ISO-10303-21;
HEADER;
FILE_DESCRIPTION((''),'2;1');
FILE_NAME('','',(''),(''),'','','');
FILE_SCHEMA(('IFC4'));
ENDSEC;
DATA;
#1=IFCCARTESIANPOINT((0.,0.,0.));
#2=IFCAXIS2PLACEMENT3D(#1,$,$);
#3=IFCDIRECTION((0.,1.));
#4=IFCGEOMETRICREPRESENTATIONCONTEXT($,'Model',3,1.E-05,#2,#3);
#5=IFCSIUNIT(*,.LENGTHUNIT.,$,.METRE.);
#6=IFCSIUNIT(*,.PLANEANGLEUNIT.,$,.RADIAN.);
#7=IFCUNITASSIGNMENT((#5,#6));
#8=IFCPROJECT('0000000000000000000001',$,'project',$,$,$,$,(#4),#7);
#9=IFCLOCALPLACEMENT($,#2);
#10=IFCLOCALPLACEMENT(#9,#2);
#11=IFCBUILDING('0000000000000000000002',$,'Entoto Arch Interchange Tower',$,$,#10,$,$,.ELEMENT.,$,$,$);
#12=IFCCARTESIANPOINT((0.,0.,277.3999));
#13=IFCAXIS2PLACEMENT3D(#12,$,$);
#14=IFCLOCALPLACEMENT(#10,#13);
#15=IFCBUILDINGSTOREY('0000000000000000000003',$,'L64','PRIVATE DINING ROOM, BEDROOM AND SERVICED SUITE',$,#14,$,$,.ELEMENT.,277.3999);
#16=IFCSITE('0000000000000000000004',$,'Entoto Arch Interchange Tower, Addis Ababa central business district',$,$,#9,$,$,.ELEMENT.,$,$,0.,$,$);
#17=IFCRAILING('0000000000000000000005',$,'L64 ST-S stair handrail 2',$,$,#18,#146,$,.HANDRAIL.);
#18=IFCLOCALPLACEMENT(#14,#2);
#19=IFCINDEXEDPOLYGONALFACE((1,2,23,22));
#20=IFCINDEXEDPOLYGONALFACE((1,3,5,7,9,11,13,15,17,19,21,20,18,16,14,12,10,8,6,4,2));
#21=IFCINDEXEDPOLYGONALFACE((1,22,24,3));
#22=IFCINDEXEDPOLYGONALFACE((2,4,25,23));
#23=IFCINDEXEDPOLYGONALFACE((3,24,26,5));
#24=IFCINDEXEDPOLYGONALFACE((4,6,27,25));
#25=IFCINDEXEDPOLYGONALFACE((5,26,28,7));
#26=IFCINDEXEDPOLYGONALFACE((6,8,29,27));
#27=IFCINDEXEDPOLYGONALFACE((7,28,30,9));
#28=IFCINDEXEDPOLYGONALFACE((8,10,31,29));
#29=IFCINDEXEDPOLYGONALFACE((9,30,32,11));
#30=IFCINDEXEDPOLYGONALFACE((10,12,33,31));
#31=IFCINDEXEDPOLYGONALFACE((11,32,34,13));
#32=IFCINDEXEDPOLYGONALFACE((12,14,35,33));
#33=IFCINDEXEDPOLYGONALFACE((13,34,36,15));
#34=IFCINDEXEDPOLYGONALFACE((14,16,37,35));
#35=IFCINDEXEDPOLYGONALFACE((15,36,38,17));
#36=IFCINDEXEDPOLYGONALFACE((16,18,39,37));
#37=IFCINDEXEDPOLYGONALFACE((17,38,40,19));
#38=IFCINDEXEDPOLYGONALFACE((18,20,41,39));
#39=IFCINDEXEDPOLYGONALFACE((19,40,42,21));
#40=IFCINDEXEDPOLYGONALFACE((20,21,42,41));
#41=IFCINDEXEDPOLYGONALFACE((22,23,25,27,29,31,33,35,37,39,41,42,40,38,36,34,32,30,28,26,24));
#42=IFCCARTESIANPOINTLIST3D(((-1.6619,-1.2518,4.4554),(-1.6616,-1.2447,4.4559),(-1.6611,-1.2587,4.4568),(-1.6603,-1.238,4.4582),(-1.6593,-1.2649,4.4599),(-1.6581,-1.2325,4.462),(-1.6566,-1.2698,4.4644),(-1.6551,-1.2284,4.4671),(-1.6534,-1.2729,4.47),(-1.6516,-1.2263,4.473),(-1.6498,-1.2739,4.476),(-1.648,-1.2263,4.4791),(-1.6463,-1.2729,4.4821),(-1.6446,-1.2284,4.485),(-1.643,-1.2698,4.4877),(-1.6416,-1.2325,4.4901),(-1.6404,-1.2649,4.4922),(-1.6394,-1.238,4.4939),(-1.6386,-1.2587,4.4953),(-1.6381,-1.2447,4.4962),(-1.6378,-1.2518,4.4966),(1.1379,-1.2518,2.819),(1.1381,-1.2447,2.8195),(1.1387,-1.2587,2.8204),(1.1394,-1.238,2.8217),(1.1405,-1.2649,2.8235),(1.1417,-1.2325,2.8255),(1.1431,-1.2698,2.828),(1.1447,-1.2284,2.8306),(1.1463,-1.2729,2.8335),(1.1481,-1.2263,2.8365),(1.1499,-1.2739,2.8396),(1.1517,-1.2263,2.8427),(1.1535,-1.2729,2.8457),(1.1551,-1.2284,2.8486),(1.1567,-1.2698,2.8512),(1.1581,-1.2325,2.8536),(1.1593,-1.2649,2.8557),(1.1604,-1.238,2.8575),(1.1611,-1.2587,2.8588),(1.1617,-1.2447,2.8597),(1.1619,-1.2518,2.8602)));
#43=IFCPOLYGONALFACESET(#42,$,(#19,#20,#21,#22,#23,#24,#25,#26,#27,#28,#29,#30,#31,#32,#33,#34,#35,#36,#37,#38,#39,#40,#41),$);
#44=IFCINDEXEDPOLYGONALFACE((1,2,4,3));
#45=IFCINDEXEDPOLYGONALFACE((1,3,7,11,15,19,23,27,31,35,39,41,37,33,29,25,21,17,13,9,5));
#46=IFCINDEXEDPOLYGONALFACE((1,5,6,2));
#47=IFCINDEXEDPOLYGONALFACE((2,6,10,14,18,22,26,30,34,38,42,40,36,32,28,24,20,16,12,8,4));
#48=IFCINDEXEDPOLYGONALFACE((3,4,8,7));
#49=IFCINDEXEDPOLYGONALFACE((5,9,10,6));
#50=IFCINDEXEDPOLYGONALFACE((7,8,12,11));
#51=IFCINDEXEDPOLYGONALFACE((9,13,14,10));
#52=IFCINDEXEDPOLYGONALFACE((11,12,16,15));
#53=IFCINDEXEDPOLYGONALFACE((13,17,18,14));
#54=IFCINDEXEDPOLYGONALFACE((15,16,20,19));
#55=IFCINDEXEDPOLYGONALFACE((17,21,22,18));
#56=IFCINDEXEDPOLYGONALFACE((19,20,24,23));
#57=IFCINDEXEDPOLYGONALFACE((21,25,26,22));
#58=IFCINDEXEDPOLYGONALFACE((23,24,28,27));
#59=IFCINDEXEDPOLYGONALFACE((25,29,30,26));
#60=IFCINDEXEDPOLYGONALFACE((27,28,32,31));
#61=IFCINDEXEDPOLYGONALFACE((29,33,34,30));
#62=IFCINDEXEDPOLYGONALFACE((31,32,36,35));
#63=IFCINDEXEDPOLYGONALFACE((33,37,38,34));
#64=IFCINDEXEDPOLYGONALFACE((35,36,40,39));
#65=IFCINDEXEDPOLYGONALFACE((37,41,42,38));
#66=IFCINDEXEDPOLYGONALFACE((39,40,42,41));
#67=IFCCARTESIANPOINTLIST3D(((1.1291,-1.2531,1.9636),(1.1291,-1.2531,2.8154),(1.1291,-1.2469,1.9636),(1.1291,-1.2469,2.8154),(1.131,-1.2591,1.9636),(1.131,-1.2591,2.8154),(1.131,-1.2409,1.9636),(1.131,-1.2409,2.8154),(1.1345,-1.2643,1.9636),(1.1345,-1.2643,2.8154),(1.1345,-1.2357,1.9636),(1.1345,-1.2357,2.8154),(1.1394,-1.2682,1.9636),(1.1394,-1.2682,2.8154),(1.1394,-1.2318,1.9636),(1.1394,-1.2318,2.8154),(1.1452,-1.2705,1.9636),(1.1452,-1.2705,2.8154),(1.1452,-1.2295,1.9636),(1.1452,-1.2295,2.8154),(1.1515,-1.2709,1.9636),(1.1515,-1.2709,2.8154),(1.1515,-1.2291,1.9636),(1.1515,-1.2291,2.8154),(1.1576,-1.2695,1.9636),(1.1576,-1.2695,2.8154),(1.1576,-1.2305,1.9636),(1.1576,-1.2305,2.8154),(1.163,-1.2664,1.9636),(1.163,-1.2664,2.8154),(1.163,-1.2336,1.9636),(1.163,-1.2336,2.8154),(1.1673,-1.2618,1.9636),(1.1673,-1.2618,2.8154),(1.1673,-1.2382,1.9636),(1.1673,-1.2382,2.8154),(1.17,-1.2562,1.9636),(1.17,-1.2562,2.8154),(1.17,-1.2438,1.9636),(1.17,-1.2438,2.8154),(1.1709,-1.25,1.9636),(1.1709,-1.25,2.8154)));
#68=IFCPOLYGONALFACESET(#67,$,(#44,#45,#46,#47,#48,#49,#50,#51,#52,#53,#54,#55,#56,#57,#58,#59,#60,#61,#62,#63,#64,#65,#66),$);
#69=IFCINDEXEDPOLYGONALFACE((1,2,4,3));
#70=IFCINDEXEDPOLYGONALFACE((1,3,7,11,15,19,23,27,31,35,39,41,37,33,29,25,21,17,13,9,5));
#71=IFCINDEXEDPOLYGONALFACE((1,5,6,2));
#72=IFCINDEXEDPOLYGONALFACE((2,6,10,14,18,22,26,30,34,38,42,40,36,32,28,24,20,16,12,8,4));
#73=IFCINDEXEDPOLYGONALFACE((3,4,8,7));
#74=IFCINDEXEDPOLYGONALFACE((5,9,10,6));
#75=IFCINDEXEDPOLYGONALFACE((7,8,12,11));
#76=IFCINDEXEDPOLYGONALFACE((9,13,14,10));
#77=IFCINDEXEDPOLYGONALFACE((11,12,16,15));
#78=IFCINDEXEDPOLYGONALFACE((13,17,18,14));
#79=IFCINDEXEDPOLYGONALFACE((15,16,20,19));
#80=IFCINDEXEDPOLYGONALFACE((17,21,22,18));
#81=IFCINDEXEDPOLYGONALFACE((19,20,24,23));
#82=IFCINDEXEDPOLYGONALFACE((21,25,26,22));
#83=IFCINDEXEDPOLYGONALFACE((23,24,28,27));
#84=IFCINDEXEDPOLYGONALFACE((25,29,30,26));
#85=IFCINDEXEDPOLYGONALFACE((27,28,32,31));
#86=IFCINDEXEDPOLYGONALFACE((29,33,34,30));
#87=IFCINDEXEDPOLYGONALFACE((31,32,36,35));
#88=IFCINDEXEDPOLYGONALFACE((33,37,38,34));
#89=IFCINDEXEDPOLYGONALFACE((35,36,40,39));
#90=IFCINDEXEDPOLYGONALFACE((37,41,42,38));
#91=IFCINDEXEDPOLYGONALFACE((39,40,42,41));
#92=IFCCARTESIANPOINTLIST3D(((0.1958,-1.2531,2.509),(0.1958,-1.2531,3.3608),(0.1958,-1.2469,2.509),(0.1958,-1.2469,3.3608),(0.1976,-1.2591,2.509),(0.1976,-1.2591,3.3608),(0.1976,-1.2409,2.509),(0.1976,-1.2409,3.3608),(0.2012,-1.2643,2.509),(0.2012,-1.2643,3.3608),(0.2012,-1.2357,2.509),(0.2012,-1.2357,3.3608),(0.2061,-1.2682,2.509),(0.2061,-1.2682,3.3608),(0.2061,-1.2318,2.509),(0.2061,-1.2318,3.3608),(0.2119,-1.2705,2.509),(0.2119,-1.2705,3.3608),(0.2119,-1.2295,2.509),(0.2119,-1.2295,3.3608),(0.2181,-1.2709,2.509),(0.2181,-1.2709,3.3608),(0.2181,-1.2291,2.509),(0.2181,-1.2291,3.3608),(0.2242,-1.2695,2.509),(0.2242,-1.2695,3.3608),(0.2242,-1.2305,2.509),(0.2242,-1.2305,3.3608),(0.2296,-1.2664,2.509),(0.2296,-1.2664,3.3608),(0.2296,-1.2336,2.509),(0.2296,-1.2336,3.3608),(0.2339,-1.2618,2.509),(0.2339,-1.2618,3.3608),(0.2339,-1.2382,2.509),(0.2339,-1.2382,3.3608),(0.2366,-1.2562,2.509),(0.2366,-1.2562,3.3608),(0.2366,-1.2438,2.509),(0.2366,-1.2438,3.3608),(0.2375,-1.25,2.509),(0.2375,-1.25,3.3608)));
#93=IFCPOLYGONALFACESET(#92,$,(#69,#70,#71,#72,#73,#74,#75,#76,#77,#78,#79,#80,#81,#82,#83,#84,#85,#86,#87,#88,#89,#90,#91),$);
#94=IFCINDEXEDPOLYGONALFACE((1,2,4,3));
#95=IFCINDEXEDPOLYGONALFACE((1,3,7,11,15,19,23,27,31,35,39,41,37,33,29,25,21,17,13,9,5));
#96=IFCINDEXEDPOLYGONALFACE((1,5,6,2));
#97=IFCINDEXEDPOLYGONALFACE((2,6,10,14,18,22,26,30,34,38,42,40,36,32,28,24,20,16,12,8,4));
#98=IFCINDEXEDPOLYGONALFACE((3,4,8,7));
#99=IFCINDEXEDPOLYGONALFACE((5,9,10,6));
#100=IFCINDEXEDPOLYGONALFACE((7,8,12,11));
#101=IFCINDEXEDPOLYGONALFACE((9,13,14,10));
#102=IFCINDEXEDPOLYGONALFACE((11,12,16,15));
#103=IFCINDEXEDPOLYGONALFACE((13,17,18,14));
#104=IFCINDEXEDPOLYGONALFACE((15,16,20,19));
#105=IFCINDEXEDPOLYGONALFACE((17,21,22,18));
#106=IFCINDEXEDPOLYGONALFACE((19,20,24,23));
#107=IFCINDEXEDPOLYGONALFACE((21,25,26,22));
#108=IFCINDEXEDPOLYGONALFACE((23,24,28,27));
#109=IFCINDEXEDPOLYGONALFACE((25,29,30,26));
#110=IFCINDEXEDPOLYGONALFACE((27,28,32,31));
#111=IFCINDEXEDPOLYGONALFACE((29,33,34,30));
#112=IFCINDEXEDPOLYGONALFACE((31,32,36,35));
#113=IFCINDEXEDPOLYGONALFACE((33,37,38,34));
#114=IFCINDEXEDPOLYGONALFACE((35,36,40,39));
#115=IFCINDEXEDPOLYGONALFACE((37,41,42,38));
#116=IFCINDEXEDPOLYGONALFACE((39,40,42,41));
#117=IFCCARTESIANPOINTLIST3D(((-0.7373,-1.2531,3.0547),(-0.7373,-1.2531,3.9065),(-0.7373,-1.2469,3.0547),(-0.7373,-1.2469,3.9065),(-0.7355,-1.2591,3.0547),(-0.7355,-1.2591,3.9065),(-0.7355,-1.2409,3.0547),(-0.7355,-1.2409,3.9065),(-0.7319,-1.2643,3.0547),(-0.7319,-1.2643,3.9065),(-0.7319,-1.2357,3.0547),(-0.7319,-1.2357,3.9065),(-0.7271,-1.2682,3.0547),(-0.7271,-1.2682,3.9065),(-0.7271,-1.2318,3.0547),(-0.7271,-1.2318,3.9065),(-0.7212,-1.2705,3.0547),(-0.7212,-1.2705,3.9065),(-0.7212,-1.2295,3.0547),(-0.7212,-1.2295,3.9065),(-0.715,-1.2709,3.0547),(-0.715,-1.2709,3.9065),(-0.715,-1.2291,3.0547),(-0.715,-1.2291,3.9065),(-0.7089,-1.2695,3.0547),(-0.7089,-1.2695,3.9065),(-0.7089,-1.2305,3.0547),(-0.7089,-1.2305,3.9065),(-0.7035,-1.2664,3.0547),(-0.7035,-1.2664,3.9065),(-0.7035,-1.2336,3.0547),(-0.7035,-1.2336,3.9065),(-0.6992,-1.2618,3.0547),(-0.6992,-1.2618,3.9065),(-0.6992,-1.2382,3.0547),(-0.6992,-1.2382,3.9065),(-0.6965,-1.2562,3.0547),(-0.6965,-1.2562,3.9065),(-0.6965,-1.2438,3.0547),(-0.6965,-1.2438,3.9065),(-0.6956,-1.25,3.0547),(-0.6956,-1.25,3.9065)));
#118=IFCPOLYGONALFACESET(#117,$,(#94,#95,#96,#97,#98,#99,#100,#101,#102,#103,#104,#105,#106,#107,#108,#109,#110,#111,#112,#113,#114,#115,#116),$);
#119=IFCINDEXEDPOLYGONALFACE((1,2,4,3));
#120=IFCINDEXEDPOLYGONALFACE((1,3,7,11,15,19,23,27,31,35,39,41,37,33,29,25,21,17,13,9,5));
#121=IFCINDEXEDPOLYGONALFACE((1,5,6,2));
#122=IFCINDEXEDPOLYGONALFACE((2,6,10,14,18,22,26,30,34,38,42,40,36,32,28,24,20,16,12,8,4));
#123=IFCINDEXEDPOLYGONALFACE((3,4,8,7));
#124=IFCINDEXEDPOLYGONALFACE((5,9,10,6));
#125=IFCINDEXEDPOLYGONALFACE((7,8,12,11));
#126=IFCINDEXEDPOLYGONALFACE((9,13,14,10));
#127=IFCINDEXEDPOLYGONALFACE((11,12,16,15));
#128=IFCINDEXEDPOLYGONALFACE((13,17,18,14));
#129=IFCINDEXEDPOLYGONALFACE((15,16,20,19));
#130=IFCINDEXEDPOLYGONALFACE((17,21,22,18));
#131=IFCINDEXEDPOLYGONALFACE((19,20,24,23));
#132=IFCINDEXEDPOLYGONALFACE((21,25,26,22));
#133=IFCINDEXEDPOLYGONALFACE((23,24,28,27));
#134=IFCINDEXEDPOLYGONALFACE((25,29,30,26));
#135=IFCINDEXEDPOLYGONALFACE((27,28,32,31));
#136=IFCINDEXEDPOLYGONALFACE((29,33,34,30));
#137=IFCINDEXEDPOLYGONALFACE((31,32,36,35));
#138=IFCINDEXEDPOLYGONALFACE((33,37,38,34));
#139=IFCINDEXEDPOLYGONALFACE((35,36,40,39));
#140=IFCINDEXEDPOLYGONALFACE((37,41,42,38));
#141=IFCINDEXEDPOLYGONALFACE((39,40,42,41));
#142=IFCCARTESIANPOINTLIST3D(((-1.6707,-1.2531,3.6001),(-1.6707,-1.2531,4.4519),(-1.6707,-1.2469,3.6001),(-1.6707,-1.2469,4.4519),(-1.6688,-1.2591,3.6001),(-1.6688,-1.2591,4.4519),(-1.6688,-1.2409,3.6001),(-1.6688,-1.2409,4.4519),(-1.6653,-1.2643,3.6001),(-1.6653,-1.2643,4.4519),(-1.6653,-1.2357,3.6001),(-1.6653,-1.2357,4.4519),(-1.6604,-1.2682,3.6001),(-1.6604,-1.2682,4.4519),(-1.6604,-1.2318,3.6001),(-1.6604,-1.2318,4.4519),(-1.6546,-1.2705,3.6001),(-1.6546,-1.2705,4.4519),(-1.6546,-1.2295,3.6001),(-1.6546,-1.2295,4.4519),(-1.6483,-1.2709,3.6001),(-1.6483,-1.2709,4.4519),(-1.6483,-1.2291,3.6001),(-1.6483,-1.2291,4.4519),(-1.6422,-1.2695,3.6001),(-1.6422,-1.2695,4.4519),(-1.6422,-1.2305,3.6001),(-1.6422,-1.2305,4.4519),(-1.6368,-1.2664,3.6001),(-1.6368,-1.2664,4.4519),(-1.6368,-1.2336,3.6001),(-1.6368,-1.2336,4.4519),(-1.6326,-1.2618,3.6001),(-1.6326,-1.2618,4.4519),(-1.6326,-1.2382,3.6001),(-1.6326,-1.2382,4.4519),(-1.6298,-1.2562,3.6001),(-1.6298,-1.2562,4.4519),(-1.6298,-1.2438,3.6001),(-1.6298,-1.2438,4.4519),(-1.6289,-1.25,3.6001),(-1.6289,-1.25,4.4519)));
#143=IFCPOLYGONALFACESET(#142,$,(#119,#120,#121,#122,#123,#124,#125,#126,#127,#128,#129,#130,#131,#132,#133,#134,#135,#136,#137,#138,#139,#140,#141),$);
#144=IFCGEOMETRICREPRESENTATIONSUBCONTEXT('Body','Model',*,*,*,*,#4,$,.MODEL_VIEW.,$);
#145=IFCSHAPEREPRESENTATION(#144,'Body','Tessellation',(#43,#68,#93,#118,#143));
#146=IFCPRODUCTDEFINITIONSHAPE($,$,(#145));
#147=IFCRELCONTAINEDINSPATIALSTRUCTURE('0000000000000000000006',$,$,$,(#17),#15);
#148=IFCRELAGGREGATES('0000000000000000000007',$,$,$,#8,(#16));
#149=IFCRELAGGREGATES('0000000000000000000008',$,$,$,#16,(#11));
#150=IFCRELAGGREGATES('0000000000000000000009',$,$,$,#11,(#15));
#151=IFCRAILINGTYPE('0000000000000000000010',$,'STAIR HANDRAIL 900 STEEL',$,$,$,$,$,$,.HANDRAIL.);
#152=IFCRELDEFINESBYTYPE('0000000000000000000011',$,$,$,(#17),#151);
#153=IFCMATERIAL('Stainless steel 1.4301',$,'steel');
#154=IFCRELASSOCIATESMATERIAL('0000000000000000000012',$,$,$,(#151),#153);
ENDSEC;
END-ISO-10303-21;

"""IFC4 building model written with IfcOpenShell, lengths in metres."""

from ifc_helpers import new_model, si_unit, direction, frame, origin, origin_2d, place, context, subcontext, project, spatial, circle, extrude, material, type_object, element, save


model = new_model("IFC4")

# Units and contexts
model_context = context("Model", 3, precision=1e-05, world=origin(), true_north=direction((0.0, 1.0)))
body_context = subcontext(model_context, "Body", "Model", "MODEL_VIEW")
ifc_project = project(units=[si_unit("LENGTHUNIT", "METRE"), si_unit("PLANEANGLEUNIT", "RADIAN")], contexts=[model_context])

# Site, building, storey
site_placement = place(None, origin())
site = spatial("IfcSite", under=ifc_project, at=site_placement, Name="Entoto Arch Interchange Tower, Addis Ababa central business district", CompositionType="ELEMENT", RefElevation=0.0)
building_placement = place(site_placement, origin())
building = spatial("IfcBuilding", under=site, at=building_placement, Name="Entoto Arch Interchange Tower", CompositionType="ELEMENT")
storey_placement = place(building_placement, frame((0.0, 0.0, 277.3999)))
storey = spatial("IfcBuildingStorey", under=building, at=storey_placement, Name="L64", Description="PRIVATE DINING ROOM, BEDROOM AND SERVICED SUITE", CompositionType="ELEMENT", Elevation=277.3999)

# Railing
ifc_material_1 = material(Name="Stainless steel 1.4301", Category="steel")
railing_type_1 = type_object("IfcRailingType", Name="STAIR HANDRAIL 900 STEEL", PredefinedType="HANDRAIL", material=ifc_material_1)
railing_1_placement = place(storey_placement, frame((1.1499, -1.25, 1.9636)))
element("IfcRailing", 1, at=railing_1_placement, inside=storey, type_object=railing_type_1, Name="L64 ST-S stair handrail 2", PredefinedType="HANDRAIL", context=body_context, shape_type="SweptSolid", body=[
    extrude(circle(Radius=0.0239, at=origin_2d()), frame((0.0, 0.0, 0.876), z_axis=(-0.863342, 0.0, 0.50462), x_axis=(0.0, -1.0, 0.0)), (0.0, 0.0, 1.0), 3.2429),
    extrude(circle(Radius=0.021, at=origin_2d()), origin(), (0.0, 0.0, 1.0), 0.8518),
    extrude(circle(Radius=0.021, at=origin_2d()), frame((-0.9333, 0.0, 0.5454)), (0.0, 0.0, 1.0), 0.8518),
    extrude(circle(Radius=0.021, at=origin_2d()), frame((-1.8665, 0.0, 1.0911)), (0.0, 0.0, 1.0), 0.8518),
    extrude(circle(Radius=0.021, at=origin_2d()), frame((-2.7998, 0.0, 1.6365)), (0.0, 0.0, 1.0), 0.8518),
])

save(model, "model.ifc")
